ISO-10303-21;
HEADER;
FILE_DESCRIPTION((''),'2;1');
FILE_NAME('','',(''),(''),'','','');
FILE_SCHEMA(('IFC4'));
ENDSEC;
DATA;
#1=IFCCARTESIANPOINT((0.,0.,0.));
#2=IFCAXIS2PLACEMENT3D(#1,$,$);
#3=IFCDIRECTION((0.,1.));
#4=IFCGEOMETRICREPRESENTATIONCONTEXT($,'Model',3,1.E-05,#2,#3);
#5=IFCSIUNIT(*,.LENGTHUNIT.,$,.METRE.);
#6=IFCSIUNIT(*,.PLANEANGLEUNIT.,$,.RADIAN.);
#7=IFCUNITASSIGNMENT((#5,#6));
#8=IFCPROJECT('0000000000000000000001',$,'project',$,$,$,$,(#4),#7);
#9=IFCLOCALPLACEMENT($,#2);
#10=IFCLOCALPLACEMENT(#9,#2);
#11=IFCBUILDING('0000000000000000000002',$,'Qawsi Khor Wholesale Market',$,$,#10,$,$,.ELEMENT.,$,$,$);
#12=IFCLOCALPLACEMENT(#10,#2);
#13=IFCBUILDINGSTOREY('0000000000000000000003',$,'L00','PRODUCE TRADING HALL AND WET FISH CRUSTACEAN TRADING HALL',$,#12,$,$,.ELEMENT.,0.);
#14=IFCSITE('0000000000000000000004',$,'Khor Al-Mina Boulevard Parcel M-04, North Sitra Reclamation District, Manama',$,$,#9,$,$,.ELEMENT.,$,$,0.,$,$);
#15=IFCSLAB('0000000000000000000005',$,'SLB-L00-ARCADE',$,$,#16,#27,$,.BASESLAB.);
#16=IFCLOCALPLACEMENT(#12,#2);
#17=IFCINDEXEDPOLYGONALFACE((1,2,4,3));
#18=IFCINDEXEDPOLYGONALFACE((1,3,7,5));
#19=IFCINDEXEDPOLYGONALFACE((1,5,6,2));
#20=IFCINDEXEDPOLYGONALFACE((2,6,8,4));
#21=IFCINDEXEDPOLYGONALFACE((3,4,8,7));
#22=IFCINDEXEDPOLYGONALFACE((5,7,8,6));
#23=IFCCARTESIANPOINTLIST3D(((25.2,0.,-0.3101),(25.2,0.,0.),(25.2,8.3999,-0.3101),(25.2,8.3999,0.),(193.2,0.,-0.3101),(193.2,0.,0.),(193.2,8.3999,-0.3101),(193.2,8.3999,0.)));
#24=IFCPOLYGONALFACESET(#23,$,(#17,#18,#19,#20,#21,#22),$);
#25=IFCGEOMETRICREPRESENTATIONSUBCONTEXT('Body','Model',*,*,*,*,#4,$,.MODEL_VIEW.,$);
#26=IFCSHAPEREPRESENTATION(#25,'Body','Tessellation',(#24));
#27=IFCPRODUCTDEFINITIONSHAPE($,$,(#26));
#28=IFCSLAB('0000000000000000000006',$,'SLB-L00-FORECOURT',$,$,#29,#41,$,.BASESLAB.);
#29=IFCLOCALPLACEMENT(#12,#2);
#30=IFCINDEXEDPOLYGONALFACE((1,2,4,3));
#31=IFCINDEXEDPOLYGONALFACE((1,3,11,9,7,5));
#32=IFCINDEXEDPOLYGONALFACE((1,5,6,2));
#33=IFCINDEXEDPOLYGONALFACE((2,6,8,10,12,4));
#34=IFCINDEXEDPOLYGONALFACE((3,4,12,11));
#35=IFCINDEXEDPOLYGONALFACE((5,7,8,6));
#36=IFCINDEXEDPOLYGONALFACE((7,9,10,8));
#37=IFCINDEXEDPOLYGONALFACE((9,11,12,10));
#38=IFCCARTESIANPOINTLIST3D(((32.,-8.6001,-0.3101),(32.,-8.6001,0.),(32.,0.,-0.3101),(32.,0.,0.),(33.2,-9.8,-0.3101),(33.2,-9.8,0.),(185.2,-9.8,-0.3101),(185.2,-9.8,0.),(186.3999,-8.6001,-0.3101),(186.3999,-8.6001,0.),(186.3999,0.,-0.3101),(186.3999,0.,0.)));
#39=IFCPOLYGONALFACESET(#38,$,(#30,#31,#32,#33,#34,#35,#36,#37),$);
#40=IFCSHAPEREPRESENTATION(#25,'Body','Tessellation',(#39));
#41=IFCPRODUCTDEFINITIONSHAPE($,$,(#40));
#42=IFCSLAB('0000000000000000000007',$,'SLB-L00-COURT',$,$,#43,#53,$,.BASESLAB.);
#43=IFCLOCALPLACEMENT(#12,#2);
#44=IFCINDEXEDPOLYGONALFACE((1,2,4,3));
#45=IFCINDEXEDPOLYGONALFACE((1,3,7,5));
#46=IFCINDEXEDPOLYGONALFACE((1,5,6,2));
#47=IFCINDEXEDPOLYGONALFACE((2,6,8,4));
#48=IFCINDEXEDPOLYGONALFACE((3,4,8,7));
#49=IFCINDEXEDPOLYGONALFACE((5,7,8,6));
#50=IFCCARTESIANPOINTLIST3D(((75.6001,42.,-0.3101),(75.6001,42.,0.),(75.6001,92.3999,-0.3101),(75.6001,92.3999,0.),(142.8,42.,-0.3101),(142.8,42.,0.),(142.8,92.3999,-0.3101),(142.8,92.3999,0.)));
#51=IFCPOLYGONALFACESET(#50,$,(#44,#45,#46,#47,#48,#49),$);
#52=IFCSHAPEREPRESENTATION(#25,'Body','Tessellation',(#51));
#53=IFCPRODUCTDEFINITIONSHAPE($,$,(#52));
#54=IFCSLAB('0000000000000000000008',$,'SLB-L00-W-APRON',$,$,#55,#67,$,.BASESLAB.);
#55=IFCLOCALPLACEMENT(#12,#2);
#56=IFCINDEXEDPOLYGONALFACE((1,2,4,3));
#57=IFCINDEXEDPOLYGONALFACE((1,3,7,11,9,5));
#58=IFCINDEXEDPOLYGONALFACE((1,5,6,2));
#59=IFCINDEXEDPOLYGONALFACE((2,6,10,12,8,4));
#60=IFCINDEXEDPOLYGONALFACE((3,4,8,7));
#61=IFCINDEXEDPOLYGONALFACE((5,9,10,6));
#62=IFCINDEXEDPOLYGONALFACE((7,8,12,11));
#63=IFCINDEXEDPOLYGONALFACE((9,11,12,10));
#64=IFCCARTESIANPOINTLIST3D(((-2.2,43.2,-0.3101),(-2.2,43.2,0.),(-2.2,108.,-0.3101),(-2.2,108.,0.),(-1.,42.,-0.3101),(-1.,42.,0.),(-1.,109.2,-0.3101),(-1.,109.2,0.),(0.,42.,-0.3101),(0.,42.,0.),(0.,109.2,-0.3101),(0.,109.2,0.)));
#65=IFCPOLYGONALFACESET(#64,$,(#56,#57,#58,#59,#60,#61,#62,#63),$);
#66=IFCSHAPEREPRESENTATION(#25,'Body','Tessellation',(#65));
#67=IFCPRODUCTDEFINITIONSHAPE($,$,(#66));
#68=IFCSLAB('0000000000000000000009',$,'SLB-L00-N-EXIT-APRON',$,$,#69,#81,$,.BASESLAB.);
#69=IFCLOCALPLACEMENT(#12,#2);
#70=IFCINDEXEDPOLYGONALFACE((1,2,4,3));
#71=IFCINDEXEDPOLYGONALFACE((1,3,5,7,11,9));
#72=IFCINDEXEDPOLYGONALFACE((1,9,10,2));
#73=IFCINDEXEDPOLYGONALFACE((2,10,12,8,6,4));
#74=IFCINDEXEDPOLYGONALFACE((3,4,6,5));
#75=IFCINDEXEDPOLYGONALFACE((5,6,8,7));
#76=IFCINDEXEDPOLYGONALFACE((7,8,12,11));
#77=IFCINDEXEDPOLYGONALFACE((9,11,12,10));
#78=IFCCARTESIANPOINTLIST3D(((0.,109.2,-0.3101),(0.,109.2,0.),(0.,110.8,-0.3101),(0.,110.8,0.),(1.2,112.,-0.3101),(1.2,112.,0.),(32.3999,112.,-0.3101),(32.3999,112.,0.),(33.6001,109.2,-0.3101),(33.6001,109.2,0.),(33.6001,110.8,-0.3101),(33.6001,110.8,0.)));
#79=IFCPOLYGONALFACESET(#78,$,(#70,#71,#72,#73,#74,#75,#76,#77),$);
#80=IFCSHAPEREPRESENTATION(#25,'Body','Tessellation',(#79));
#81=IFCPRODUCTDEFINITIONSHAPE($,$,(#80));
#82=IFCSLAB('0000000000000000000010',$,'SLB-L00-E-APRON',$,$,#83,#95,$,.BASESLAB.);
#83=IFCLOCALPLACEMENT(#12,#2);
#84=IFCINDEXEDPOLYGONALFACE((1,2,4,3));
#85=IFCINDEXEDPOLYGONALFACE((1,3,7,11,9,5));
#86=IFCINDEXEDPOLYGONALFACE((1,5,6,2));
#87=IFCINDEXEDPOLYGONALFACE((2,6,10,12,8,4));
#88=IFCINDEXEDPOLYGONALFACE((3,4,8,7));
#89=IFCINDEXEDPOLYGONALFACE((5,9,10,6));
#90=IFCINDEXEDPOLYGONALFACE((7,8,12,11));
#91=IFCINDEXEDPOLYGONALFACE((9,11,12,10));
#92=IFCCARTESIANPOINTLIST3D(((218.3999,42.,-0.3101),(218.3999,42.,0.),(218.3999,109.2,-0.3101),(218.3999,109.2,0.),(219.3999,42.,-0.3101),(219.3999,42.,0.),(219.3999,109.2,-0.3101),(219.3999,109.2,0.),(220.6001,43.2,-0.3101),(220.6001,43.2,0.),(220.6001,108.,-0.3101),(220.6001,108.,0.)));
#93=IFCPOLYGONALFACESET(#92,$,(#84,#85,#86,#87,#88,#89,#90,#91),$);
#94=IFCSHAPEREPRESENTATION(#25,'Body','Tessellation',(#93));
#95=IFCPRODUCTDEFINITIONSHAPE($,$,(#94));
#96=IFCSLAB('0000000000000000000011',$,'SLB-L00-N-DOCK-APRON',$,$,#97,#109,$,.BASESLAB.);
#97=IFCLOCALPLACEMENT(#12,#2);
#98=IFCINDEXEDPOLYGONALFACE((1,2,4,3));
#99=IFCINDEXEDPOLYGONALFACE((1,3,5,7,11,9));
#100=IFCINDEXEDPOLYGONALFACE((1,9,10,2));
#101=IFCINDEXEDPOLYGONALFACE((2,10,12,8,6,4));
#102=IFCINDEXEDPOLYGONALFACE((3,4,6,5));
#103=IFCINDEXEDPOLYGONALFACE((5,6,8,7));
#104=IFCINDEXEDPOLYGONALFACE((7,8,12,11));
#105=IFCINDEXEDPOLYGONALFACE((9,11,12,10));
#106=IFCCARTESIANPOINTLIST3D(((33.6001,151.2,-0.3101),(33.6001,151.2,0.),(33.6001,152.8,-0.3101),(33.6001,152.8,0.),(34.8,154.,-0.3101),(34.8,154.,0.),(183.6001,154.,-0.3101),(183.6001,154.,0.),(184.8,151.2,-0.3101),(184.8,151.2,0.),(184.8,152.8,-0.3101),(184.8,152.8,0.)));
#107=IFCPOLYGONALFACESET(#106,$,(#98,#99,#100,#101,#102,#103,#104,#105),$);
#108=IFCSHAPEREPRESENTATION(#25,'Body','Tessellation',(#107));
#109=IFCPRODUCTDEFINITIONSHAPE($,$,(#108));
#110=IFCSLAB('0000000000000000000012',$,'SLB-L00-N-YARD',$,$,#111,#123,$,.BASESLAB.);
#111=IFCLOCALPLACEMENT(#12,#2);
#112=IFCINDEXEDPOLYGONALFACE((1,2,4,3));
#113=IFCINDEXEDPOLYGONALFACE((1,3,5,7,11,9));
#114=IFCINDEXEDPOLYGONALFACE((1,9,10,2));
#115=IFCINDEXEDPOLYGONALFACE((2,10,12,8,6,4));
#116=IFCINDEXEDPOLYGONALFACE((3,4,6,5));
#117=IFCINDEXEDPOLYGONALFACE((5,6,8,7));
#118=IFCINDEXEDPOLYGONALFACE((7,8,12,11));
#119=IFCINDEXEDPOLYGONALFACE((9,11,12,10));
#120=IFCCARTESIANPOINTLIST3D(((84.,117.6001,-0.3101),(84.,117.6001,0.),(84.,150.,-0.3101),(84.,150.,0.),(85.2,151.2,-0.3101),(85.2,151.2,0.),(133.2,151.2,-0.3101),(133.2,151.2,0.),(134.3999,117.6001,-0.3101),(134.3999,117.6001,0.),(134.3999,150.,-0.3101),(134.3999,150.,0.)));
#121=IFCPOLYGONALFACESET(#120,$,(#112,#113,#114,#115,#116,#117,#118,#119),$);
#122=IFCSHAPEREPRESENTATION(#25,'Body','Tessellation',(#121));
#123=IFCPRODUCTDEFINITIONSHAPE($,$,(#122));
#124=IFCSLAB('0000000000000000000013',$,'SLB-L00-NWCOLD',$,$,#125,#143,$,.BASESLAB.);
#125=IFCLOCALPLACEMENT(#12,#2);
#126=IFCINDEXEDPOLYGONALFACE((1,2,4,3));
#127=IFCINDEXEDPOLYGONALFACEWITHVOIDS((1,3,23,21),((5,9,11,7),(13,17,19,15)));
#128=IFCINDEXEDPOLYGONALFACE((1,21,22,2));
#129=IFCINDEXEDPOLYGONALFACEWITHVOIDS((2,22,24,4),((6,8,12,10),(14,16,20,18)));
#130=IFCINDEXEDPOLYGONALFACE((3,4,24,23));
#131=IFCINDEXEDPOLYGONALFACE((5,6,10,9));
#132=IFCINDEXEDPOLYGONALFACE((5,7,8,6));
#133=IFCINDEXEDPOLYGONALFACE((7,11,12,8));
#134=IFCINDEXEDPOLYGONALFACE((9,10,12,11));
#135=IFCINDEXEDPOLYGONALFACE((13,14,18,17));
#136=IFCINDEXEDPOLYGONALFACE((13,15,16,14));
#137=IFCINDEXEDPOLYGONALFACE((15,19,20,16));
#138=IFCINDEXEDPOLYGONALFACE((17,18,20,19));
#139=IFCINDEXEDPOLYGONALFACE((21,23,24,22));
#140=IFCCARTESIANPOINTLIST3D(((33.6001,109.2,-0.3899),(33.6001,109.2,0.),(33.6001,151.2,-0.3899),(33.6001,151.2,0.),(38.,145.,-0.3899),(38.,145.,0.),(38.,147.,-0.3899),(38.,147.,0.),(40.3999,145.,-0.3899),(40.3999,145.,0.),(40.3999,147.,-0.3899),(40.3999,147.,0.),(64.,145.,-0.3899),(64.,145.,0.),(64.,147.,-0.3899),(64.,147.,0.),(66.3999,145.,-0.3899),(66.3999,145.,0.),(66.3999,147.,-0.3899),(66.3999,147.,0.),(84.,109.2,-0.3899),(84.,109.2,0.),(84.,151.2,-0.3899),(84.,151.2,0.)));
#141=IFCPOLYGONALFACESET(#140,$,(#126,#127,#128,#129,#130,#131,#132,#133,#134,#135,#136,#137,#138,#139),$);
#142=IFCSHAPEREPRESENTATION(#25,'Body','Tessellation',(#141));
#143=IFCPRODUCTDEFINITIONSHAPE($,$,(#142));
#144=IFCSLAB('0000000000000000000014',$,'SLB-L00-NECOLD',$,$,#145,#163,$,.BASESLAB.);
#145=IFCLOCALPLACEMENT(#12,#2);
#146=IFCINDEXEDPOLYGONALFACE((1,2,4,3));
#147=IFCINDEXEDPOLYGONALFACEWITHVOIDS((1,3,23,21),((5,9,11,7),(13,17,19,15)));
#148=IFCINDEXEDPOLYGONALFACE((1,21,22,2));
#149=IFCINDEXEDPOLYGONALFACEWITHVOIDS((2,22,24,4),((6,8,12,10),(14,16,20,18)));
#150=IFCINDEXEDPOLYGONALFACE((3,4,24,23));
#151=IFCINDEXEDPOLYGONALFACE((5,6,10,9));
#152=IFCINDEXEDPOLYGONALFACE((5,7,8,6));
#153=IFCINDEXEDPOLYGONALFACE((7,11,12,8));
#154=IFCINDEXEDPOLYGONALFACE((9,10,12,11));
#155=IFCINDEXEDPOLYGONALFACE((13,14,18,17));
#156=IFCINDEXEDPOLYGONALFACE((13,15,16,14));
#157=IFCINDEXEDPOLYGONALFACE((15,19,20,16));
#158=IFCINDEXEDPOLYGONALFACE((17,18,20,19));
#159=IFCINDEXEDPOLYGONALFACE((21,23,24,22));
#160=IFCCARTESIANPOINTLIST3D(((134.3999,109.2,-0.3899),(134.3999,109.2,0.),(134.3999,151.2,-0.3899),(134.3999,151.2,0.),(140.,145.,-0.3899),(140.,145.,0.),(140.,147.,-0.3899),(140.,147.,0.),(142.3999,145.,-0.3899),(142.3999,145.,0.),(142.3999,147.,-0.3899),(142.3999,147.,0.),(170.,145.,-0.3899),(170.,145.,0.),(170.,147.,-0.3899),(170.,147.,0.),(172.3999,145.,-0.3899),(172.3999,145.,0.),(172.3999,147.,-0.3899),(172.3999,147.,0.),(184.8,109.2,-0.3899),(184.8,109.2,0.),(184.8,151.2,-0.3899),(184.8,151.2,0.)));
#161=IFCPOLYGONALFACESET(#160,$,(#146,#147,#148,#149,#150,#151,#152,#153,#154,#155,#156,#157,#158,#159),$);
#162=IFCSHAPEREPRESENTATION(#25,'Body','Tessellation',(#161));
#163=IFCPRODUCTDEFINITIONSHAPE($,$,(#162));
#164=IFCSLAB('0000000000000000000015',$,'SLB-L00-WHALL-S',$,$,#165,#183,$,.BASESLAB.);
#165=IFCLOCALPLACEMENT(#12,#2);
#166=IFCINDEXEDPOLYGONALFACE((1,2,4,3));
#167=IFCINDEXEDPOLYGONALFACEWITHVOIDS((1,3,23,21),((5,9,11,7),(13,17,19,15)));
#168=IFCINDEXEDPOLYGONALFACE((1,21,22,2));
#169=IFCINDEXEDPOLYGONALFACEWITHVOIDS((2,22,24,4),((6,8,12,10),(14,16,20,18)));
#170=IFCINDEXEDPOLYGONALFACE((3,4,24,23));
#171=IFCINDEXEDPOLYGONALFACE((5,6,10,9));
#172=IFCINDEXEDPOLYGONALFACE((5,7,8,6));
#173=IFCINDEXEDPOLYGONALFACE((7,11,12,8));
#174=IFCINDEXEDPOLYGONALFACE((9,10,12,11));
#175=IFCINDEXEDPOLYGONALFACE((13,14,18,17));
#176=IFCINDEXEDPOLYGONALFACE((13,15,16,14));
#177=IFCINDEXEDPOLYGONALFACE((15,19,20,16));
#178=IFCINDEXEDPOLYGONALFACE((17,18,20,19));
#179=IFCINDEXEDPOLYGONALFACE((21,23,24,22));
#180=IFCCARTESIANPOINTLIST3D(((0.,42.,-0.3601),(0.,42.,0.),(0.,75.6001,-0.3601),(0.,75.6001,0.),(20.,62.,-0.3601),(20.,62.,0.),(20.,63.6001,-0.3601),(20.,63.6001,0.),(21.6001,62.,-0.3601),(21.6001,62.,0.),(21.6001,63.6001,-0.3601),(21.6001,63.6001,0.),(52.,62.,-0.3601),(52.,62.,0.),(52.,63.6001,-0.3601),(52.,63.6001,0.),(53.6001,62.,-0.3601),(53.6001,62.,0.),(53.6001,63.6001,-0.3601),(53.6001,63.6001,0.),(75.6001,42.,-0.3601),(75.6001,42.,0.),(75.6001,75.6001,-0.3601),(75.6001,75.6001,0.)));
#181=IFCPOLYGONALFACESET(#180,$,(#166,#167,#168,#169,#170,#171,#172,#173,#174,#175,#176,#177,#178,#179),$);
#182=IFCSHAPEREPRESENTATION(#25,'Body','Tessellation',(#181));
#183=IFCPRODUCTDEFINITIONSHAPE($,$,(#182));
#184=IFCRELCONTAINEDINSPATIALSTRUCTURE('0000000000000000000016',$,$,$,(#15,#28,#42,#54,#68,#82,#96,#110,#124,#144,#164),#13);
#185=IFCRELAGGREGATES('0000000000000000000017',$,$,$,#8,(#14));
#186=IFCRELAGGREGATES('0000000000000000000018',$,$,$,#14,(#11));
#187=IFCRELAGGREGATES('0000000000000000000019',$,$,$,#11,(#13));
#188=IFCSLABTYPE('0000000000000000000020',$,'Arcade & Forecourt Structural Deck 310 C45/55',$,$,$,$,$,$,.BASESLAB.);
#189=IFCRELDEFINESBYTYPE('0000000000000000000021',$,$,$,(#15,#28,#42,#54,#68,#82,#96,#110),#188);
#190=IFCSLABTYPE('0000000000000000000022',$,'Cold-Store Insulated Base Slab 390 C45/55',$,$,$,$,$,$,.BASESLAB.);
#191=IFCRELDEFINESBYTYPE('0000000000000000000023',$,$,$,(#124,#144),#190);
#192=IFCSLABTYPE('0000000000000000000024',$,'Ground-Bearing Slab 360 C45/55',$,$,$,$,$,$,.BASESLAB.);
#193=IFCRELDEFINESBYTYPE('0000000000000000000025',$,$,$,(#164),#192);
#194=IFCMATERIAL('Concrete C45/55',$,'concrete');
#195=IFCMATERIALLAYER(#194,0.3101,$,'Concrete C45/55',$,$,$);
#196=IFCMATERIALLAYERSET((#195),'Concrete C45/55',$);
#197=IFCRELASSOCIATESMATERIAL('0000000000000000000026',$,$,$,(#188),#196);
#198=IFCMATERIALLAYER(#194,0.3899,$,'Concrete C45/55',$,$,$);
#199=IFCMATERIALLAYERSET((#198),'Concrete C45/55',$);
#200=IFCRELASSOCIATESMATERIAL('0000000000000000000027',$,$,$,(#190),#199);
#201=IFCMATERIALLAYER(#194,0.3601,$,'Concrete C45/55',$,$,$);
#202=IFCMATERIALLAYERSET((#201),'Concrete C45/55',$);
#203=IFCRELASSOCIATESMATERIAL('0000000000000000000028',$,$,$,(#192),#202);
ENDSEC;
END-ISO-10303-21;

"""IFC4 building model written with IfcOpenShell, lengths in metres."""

from ifc_helpers import new_model, si_unit, direction, frame, origin, place, context, subcontext, project, spatial, polyline, outline, extrude, material, layer, layer_set, type_object, element, save


model = new_model("IFC4")

# Units and contexts
model_context = context("Model", 3, precision=1e-05, world=origin(), true_north=direction((0.0, 1.0)))
body_context = subcontext(model_context, "Body", "Model", "MODEL_VIEW")
ifc_project = project(units=[si_unit("LENGTHUNIT", "METRE"), si_unit("PLANEANGLEUNIT", "RADIAN")], contexts=[model_context])

# Site, building, storey
site_placement = place(None, origin())
site = spatial("IfcSite", under=ifc_project, at=site_placement, Name="Khor Al-Mina Boulevard Parcel M-04, North Sitra Reclamation District, Manama", CompositionType="ELEMENT", RefElevation=0.0)
building_placement = place(site_placement, origin())
building = spatial("IfcBuilding", under=site, at=building_placement, Name="Qawsi Khor Wholesale Market", CompositionType="ELEMENT")
storey_placement = place(building_placement, origin())
storey = spatial("IfcBuildingStorey", under=building, at=storey_placement, Name="L00", Description="PRODUCE TRADING HALL AND WET FISH CRUSTACEAN TRADING HALL", CompositionType="ELEMENT", Elevation=0.0)

# Slabs
ifc_material_1 = material(Name="Concrete C45/55", Category="concrete")
ifc_layer_1 = layer(ifc_material_1, 0.3101, Name="Concrete C45/55")
ifc_layer_set_1 = layer_set([ifc_layer_1], Name="Concrete C45/55")
slab_type_1 = type_object("IfcSlabType", Name="Arcade & Forecourt Structural Deck 310 C45/55", PredefinedType="BASESLAB", material=ifc_layer_set_1)
slab_1_placement = place(storey_placement, frame((0.0, 0.0, -0.3101)))
element("IfcSlab", 1, at=slab_1_placement, inside=storey, type_object=slab_type_1, Name="SLB-L00-ARCADE", PredefinedType="BASESLAB", context=body_context, shape_type="SweptSolid", body=[
    extrude(outline(polyline([(25.2, 0.0), (193.2, 0.0), (193.2, 8.3999), (25.2, 8.3999), (25.2, 0.0)])), origin(), (0.0, 0.0, 1.0), 0.3101),
])
slab_2_placement = place(storey_placement, frame((0.0, 0.0, -0.3101)))
element("IfcSlab", 2, at=slab_2_placement, inside=storey, type_object=slab_type_1, Name="SLB-L00-FORECOURT", PredefinedType="BASESLAB", context=body_context, shape_type="SweptSolid", body=[
    extrude(outline(polyline([(32.0, -8.6001), (33.2, -9.8), (185.2, -9.8), (186.3999, -8.6001), (186.3999, 0.0), (32.0, 0.0), (32.0, -8.6001)])), origin(), (0.0, 0.0, 1.0), 0.3101),
])
slab_3_placement = place(storey_placement, frame((0.0, 0.0, -0.3101)))
element("IfcSlab", 3, at=slab_3_placement, inside=storey, type_object=slab_type_1, Name="SLB-L00-COURT", PredefinedType="BASESLAB", context=body_context, shape_type="SweptSolid", body=[
    extrude(outline(polyline([(75.6001, 42.0), (142.8, 42.0), (142.8, 92.3999), (75.6001, 92.3999), (75.6001, 42.0)])), origin(), (0.0, 0.0, 1.0), 0.3101),
])
slab_4_placement = place(storey_placement, frame((0.0, 0.0, -0.3101)))
element("IfcSlab", 4, at=slab_4_placement, inside=storey, type_object=slab_type_1, Name="SLB-L00-W-APRON", PredefinedType="BASESLAB", context=body_context, shape_type="SweptSolid", body=[
    extrude(outline(polyline([(-1.0, 42.0), (0.0, 42.0), (0.0, 109.2), (-1.0, 109.2), (-2.2, 108.0), (-2.2, 43.2), (-1.0, 42.0)])), origin(), (0.0, 0.0, 1.0), 0.3101),
])
slab_5_placement = place(storey_placement, frame((0.0, 0.0, -0.3101)))
element("IfcSlab", 5, at=slab_5_placement, inside=storey, type_object=slab_type_1, Name="SLB-L00-N-EXIT-APRON", PredefinedType="BASESLAB", context=body_context, shape_type="SweptSolid", body=[
    extrude(outline(polyline([(0.0, 109.2), (33.6001, 109.2), (33.6001, 110.8), (32.3999, 112.0), (1.2, 112.0), (0.0, 110.8), (0.0, 109.2)])), origin(), (0.0, 0.0, 1.0), 0.3101),
])
slab_6_placement = place(storey_placement, frame((0.0, 0.0, -0.3101)))
element("IfcSlab", 6, at=slab_6_placement, inside=storey, type_object=slab_type_1, Name="SLB-L00-E-APRON", PredefinedType="BASESLAB", context=body_context, shape_type="SweptSolid", body=[
    extrude(outline(polyline([(218.3999, 42.0), (219.3999, 42.0), (220.6001, 43.2), (220.6001, 108.0), (219.3999, 109.2), (218.3999, 109.2), (218.3999, 42.0)])), origin(), (0.0, 0.0, 1.0), 0.3101),
])
slab_7_placement = place(storey_placement, frame((0.0, 0.0, -0.3101)))
element("IfcSlab", 7, at=slab_7_placement, inside=storey, type_object=slab_type_1, Name="SLB-L00-N-DOCK-APRON", PredefinedType="BASESLAB", context=body_context, shape_type="SweptSolid", body=[
    extrude(outline(polyline([(33.6001, 151.2), (184.8, 151.2), (184.8, 152.8), (183.6001, 154.0), (34.8, 154.0), (33.6001, 152.8), (33.6001, 151.2)])), origin(), (0.0, 0.0, 1.0), 0.3101),
])
slab_8_placement = place(storey_placement, frame((0.0, 0.0, -0.3101)))
element("IfcSlab", 8, at=slab_8_placement, inside=storey, type_object=slab_type_1, Name="SLB-L00-N-YARD", PredefinedType="BASESLAB", context=body_context, shape_type="SweptSolid", body=[
    extrude(outline(polyline([(84.0, 117.6001), (134.3999, 117.6001), (134.3999, 150.0), (133.2, 151.2), (85.2, 151.2), (84.0, 150.0), (84.0, 117.6001)])), origin(), (0.0, 0.0, 1.0), 0.3101),
])
ifc_layer_2 = layer(ifc_material_1, 0.3899, Name="Concrete C45/55")
ifc_layer_set_2 = layer_set([ifc_layer_2], Name="Concrete C45/55")
slab_type_2 = type_object("IfcSlabType", Name="Cold-Store Insulated Base Slab 390 C45/55", PredefinedType="BASESLAB", material=ifc_layer_set_2)
slab_9_placement = place(storey_placement, frame((0.0, 0.0, -0.3899)))
element("IfcSlab", 9, at=slab_9_placement, inside=storey, type_object=slab_type_2, Name="SLB-L00-NWCOLD", PredefinedType="BASESLAB", context=body_context, shape_type="SweptSolid", body=[
    extrude(outline(polyline([(33.6001, 151.2), (84.0, 151.2), (84.0, 109.2), (33.6001, 109.2), (33.6001, 151.2)]), holes=[polyline([(38.0, 145.0), (40.3999, 145.0), (40.3999, 147.0), (38.0, 147.0), (38.0, 145.0)]), polyline([(64.0, 145.0), (66.3999, 145.0), (66.3999, 147.0), (64.0, 147.0), (64.0, 145.0)])]), origin(), (0.0, 0.0, 1.0), 0.3899),
])
slab_10_placement = place(storey_placement, frame((0.0, 0.0, -0.3899)))
element("IfcSlab", 10, at=slab_10_placement, inside=storey, type_object=slab_type_2, Name="SLB-L00-NECOLD", PredefinedType="BASESLAB", context=body_context, shape_type="SweptSolid", body=[
    extrude(outline(polyline([(134.3999, 151.2), (184.8, 151.2), (184.8, 109.2), (134.3999, 109.2), (134.3999, 151.2)]), holes=[polyline([(140.0, 145.0), (142.3999, 145.0), (142.3999, 147.0), (140.0, 147.0), (140.0, 145.0)]), polyline([(170.0, 145.0), (172.3999, 145.0), (172.3999, 147.0), (170.0, 147.0), (170.0, 145.0)])]), origin(), (0.0, 0.0, 1.0), 0.3899),
])
ifc_layer_3 = layer(ifc_material_1, 0.3601, Name="Concrete C45/55")
ifc_layer_set_3 = layer_set([ifc_layer_3], Name="Concrete C45/55")
slab_type_3 = type_object("IfcSlabType", Name="Ground-Bearing Slab 360 C45/55", PredefinedType="BASESLAB", material=ifc_layer_set_3)
slab_11_placement = place(storey_placement, frame((0.0, 0.0, -0.3601)))
element("IfcSlab", 11, at=slab_11_placement, inside=storey, type_object=slab_type_3, Name="SLB-L00-WHALL-S", PredefinedType="BASESLAB", context=body_context, shape_type="SweptSolid", body=[
    extrude(outline(polyline([(0.0, 75.6001), (75.6001, 75.6001), (75.6001, 42.0), (0.0, 42.0), (0.0, 75.6001)]), holes=[polyline([(20.0, 62.0), (21.6001, 62.0), (21.6001, 63.6001), (20.0, 63.6001), (20.0, 62.0)]), polyline([(52.0, 62.0), (53.6001, 62.0), (53.6001, 63.6001), (52.0, 63.6001), (52.0, 62.0)])]), origin(), (0.0, 0.0, 1.0), 0.3601),
])

save(model, "model.ifc")
